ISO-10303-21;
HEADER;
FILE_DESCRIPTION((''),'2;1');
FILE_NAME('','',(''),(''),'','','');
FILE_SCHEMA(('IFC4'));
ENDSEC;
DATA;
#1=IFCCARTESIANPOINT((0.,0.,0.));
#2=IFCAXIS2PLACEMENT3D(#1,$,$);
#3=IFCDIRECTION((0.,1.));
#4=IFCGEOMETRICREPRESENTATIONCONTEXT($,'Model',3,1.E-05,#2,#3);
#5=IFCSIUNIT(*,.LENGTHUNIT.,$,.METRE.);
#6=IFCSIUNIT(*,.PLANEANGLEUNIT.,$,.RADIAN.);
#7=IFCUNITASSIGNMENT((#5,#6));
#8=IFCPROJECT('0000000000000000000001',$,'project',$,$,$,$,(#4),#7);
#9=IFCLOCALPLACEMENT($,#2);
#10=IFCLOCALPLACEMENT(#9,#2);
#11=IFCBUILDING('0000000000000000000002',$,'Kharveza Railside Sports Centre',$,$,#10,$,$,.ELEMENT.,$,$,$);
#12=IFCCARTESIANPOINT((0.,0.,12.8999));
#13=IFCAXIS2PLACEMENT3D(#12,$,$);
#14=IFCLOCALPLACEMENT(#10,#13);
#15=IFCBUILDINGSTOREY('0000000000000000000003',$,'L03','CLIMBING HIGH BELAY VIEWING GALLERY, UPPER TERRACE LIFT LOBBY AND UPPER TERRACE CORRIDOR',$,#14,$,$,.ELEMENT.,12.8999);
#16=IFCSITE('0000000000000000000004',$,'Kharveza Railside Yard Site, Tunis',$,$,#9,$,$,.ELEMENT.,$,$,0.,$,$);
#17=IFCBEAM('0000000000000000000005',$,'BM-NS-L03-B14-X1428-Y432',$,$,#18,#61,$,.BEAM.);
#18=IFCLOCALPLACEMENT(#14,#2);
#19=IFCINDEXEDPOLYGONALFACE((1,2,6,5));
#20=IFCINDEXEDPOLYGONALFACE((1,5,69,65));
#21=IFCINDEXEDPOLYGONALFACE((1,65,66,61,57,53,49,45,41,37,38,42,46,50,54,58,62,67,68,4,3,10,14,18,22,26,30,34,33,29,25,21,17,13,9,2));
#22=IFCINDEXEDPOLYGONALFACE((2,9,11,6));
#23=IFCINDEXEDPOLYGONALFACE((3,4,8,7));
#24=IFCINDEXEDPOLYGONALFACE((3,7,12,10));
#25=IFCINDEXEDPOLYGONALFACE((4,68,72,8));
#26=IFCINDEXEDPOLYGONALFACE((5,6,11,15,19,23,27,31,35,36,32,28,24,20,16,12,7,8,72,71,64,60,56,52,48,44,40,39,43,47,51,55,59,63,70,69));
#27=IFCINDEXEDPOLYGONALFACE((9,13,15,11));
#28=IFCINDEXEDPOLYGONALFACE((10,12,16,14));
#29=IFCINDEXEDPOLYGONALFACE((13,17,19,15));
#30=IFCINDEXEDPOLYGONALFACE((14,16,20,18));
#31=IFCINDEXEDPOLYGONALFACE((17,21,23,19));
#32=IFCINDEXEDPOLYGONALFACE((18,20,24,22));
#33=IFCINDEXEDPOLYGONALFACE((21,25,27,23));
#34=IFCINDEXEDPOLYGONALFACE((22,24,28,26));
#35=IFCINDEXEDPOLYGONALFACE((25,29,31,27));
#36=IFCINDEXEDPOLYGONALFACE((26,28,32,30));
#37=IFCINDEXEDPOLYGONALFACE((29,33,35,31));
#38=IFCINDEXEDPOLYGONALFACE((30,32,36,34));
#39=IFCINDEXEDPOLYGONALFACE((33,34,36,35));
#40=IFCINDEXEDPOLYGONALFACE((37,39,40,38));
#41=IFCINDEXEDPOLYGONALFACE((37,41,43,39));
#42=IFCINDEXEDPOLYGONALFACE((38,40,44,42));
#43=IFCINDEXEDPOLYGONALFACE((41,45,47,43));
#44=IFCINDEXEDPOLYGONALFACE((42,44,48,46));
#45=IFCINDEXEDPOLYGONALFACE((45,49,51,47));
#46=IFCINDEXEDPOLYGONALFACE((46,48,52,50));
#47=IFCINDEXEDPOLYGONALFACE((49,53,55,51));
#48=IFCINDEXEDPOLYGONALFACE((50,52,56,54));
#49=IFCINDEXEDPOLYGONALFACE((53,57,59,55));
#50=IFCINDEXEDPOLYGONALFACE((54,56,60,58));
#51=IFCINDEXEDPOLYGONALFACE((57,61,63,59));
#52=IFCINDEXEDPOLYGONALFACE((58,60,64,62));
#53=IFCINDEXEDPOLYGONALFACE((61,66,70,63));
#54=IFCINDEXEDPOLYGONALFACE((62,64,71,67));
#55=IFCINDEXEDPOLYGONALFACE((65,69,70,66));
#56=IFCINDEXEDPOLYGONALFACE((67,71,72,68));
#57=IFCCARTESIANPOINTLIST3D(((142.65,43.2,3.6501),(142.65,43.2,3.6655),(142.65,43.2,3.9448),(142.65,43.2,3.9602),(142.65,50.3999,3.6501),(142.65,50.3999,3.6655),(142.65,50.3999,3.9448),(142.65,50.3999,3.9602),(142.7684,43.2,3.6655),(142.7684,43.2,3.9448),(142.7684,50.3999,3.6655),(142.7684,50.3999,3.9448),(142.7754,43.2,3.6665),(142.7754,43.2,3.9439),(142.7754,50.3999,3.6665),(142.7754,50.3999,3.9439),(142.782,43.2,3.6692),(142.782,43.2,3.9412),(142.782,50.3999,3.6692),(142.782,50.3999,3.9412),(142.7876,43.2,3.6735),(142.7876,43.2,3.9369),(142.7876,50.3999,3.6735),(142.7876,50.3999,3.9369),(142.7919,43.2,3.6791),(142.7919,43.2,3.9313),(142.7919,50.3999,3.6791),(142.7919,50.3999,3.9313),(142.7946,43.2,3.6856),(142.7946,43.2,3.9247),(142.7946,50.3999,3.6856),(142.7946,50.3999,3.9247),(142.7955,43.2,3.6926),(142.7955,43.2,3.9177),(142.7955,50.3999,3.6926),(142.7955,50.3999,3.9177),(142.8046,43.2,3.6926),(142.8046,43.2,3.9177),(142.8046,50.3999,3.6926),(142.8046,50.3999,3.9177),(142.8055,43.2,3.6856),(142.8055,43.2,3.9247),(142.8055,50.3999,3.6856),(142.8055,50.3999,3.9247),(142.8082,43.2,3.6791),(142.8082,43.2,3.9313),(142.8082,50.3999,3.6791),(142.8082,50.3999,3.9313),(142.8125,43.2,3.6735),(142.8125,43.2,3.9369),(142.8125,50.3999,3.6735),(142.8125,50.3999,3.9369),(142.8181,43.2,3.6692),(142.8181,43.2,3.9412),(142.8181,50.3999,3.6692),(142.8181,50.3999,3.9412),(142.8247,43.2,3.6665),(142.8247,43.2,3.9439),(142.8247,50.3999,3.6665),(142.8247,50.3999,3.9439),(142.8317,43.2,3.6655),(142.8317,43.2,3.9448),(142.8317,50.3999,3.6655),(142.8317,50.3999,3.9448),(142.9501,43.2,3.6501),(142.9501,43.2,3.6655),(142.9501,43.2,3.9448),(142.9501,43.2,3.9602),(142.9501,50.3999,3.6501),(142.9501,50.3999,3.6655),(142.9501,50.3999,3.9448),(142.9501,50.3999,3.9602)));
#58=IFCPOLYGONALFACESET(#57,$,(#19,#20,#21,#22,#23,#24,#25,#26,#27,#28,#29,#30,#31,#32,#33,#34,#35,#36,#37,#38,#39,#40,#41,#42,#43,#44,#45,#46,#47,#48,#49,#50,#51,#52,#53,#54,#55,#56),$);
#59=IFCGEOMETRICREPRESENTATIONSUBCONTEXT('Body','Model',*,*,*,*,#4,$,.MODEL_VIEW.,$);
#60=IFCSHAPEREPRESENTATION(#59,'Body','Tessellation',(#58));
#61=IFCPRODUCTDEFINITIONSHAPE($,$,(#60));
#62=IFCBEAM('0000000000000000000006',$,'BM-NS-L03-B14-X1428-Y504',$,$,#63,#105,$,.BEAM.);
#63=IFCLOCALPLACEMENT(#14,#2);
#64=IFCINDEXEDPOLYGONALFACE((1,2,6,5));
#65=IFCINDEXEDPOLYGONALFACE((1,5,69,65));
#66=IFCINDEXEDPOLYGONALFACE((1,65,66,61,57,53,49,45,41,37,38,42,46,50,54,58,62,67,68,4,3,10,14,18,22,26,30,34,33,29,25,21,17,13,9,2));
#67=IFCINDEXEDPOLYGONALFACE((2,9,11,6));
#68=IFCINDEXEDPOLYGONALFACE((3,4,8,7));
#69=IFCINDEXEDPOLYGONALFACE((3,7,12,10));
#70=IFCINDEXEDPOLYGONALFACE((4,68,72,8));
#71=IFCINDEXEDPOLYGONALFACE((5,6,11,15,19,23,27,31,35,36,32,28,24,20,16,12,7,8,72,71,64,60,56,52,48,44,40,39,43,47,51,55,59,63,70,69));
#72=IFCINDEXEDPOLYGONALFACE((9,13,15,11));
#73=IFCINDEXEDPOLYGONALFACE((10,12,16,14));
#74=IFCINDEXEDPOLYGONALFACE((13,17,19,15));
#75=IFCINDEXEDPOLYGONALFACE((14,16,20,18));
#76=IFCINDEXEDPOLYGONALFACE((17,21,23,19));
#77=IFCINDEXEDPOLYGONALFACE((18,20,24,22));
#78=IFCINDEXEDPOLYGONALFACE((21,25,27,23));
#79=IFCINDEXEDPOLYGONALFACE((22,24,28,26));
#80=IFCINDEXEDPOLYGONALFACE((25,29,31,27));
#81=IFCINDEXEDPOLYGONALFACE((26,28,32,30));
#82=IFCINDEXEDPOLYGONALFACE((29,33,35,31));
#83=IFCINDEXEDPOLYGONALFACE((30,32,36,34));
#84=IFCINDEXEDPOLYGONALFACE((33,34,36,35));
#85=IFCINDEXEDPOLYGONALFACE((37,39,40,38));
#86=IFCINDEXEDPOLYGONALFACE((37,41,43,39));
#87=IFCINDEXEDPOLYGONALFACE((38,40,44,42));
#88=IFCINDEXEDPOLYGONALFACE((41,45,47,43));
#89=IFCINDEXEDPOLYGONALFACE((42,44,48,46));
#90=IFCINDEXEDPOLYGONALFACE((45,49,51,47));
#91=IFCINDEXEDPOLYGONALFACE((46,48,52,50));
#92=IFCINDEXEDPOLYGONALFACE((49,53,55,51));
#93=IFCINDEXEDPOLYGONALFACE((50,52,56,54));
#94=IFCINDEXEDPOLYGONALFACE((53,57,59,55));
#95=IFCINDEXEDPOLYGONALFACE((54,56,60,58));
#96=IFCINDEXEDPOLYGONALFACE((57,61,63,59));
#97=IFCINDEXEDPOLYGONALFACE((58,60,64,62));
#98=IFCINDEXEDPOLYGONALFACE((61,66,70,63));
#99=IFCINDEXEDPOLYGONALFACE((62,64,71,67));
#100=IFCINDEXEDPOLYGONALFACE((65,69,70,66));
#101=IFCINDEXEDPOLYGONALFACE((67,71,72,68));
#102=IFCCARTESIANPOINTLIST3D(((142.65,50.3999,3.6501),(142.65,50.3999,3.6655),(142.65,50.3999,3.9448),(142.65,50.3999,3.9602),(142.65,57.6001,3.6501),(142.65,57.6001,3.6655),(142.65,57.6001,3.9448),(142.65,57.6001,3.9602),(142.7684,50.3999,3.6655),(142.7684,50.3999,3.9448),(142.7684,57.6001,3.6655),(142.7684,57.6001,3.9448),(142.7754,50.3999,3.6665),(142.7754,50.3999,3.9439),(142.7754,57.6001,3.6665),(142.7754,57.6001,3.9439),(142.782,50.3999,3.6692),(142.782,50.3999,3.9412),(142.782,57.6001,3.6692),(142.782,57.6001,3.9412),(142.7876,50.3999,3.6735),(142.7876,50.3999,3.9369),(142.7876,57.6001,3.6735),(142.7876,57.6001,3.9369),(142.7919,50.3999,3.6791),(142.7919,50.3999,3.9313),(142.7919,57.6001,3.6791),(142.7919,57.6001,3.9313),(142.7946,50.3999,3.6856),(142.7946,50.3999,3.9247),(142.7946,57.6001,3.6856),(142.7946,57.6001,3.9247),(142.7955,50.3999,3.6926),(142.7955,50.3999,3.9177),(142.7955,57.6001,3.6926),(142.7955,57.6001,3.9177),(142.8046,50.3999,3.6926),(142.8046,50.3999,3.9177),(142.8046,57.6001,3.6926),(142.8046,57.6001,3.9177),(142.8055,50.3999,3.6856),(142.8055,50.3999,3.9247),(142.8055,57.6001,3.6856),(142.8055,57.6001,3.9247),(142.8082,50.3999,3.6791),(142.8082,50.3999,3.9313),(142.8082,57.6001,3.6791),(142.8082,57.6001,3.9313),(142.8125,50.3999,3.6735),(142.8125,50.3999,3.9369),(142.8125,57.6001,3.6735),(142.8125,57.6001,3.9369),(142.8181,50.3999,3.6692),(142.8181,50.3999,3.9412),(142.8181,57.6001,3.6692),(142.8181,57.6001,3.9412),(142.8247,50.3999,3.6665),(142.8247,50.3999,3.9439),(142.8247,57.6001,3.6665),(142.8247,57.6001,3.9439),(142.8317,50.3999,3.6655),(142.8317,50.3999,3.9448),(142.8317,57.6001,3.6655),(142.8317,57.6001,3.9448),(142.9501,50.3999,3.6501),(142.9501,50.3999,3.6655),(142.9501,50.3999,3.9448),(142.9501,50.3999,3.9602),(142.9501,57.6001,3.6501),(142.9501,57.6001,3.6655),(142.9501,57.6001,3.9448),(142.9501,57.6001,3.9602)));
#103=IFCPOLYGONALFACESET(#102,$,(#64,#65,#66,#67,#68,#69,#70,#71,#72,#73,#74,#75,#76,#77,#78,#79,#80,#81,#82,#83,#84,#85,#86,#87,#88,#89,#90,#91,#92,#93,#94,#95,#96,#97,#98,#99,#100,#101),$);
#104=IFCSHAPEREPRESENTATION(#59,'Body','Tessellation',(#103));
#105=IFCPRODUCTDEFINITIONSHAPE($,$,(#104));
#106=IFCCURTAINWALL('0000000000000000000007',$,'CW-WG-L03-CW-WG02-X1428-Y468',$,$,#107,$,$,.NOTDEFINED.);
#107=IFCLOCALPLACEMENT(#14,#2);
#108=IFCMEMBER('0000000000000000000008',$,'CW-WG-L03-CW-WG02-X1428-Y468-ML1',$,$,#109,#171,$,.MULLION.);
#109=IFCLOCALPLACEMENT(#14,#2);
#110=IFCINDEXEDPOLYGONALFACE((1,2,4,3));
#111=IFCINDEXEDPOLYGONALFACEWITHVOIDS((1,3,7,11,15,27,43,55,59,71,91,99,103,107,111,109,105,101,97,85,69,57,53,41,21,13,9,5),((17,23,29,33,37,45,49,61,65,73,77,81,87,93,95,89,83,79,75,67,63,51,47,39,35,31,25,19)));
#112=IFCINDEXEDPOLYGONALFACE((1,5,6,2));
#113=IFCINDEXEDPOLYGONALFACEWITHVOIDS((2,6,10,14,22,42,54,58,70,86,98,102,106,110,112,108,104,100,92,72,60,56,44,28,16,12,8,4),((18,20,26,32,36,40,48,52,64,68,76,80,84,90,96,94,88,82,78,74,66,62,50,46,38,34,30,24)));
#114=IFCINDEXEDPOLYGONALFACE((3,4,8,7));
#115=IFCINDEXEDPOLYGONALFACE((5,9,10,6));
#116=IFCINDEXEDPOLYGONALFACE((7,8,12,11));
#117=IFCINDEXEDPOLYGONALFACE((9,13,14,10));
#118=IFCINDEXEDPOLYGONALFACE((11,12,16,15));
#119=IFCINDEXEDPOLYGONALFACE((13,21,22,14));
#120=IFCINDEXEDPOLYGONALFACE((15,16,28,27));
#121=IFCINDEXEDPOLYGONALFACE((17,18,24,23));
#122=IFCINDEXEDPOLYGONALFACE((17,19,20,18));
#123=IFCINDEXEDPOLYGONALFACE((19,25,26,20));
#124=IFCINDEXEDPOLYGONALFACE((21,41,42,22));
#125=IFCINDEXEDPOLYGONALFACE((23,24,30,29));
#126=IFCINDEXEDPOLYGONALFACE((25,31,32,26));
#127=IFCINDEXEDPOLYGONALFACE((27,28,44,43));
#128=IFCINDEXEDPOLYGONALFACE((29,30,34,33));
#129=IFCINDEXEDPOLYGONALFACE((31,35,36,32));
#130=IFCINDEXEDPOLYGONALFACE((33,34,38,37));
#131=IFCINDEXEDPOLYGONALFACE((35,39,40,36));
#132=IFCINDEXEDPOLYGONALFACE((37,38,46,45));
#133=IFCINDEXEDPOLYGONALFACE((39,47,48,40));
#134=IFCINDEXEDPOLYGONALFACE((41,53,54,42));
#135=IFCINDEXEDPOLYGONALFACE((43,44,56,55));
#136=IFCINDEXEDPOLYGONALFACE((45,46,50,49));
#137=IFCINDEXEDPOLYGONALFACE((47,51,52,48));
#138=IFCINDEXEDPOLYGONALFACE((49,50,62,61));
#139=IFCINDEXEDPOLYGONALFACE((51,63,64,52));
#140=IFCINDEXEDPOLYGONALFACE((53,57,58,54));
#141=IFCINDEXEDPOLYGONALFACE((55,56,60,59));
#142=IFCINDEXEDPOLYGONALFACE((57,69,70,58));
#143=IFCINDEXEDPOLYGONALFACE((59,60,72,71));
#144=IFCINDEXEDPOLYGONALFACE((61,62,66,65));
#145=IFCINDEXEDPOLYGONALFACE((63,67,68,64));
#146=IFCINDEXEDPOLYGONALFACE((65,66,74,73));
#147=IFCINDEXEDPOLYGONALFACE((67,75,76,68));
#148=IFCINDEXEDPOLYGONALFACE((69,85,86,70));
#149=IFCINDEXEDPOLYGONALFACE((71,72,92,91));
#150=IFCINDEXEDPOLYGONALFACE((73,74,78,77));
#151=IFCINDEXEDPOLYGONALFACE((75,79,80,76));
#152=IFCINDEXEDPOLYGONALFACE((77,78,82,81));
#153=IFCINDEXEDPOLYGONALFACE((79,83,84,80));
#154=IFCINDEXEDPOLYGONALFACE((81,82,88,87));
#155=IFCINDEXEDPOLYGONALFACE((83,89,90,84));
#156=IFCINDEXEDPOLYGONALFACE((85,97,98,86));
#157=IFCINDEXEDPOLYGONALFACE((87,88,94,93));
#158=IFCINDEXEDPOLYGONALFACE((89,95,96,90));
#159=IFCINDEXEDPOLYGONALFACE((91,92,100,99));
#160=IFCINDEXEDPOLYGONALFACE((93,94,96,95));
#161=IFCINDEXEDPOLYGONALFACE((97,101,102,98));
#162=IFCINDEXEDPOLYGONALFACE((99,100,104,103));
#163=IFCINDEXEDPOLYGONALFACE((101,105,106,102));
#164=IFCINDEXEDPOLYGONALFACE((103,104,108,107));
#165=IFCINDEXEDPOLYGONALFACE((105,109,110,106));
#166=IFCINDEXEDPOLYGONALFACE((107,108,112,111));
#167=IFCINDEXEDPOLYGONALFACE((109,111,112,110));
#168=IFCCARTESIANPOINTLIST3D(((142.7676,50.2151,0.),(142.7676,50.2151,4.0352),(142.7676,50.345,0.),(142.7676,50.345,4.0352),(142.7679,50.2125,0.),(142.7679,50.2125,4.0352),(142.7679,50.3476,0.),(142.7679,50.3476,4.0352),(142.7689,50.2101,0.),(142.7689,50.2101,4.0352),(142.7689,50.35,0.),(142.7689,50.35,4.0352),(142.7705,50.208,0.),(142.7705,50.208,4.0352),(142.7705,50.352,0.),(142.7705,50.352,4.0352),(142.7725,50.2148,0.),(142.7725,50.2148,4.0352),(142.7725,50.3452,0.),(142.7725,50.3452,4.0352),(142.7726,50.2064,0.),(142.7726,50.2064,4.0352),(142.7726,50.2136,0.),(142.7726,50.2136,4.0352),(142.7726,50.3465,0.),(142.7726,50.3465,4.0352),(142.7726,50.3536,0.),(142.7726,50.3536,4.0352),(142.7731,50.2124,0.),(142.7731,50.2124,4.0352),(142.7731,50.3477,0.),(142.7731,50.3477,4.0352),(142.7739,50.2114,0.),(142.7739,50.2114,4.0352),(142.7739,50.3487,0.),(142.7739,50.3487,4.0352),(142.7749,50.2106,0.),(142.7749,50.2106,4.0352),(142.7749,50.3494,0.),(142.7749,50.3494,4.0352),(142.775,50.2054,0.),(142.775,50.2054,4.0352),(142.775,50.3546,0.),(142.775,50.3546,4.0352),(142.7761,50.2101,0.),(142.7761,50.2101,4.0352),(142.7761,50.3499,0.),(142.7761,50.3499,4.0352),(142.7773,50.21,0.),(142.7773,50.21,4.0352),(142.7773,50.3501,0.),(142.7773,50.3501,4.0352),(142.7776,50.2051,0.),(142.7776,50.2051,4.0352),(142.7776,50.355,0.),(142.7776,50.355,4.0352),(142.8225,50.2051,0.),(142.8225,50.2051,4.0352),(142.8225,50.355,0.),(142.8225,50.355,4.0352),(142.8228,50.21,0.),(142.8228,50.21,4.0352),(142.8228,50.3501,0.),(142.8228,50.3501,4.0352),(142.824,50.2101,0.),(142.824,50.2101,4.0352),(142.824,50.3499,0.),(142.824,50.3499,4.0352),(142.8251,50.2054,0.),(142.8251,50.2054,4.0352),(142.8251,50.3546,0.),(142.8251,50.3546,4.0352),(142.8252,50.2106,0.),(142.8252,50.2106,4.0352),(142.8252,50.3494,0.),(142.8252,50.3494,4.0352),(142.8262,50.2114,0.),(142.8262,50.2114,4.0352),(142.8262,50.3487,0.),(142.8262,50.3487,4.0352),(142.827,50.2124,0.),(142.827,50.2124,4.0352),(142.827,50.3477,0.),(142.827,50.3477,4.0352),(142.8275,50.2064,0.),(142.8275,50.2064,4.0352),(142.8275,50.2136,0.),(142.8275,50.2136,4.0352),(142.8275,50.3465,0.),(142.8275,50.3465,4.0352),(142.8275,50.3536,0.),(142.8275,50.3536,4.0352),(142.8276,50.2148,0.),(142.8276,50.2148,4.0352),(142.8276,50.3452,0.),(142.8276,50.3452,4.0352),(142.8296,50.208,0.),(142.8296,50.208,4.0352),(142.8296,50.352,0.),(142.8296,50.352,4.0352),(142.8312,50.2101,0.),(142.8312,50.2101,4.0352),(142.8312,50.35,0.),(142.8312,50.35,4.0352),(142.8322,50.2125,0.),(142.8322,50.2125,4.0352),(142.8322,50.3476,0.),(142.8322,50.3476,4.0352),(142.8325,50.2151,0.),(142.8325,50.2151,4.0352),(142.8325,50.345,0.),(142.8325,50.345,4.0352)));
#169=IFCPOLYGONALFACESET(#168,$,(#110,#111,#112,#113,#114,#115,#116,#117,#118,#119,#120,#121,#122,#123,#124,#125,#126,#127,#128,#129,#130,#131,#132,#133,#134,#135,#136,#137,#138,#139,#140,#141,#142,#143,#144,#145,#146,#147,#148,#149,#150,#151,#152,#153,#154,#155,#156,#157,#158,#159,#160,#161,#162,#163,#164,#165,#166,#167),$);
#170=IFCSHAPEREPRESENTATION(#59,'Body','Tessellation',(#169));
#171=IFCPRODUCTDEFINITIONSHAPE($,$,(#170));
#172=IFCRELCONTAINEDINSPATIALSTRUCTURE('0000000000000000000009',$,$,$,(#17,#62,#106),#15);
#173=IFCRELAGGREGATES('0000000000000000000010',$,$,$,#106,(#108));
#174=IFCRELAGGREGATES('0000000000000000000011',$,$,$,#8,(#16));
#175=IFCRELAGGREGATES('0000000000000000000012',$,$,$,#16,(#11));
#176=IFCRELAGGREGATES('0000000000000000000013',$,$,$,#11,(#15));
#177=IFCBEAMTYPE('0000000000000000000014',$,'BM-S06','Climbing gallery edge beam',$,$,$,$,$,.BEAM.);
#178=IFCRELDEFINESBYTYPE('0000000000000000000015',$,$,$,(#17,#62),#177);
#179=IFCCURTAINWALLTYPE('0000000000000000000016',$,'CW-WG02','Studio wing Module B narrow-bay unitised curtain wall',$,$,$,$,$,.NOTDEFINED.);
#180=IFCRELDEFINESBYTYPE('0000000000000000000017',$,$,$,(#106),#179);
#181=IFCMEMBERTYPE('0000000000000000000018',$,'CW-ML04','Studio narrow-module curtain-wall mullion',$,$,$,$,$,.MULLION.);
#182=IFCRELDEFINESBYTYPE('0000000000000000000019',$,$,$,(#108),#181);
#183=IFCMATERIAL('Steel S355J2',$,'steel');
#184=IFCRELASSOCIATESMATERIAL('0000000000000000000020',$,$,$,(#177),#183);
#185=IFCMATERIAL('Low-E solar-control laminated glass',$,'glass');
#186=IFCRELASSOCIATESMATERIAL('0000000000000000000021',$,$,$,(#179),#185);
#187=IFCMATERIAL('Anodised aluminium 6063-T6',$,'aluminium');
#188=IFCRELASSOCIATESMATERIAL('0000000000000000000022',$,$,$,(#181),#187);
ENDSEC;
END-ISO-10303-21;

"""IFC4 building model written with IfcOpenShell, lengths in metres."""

from ifc_helpers import new_model, si_unit, direction, frame, origin, origin_2d, place, context, subcontext, project, spatial, hollow_rectangle, i_section, extrude, material, material_profile, profile_set, type_object, element, aggregate, save


model = new_model("IFC4")

# Units and contexts
model_context = context("Model", 3, precision=1e-05, world=origin(), true_north=direction((0.0, 1.0)))
body_context = subcontext(model_context, "Body", "Model", "MODEL_VIEW")
ifc_project = project(units=[si_unit("LENGTHUNIT", "METRE"), si_unit("PLANEANGLEUNIT", "RADIAN")], contexts=[model_context])

# Site, building, storey
site_placement = place(None, origin())
site = spatial("IfcSite", under=ifc_project, at=site_placement, Name="Kharveza Railside Yard Site, Tunis", CompositionType="ELEMENT", RefElevation=0.0)
building_placement = place(site_placement, origin())
building = spatial("IfcBuilding", under=site, at=building_placement, Name="Kharveza Railside Sports Centre", CompositionType="ELEMENT")
storey_placement = place(building_placement, frame((0.0, 0.0, 12.8999)))
storey = spatial("IfcBuildingStorey", under=building, at=storey_placement, Name="L03", Description="CLIMBING HIGH BELAY VIEWING GALLERY, UPPER TERRACE LIFT LOBBY AND UPPER TERRACE CORRIDOR", CompositionType="ELEMENT", Elevation=12.8999)

# Shared definitions
ifc_material_1 = material(Name="Steel S355J2", Category="steel")

# Beams
ifc_material_profile_1 = material_profile(ifc_material_1, i_section(OverallWidth=0.3, OverallDepth=0.3101, WebThickness=0.009, FlangeThickness=0.0154, FilletRadius=0.0271, at=origin_2d()), Name="HEA 320")
ifc_profile_set_1 = profile_set([ifc_material_profile_1], Name="Steel S355J2")
beam_type_1 = type_object("IfcBeamType", Name="BM-S06", Description="Climbing gallery edge beam", PredefinedType="BEAM", material=ifc_profile_set_1)
beam_1_placement = place(storey_placement, frame((142.8, 43.2, 3.8052), z_axis=(0.0, 1.0, 0.0), x_axis=(-1.0, 0.0, 0.0)))
element("IfcBeam", 1, at=beam_1_placement, inside=storey, type_object=beam_type_1, Name="BM-NS-L03-B14-X1428-Y432", PredefinedType="BEAM", context=body_context, shape_type="SweptSolid", body=[
    extrude(i_section(OverallWidth=0.3, OverallDepth=0.3101, WebThickness=0.009, FlangeThickness=0.0154, FilletRadius=0.0271, at=origin_2d()), origin(), (0.0, 0.0, 1.0), 7.2),
])
beam_2_placement = place(storey_placement, frame((142.8, 50.3999, 3.8052), z_axis=(0.0, 1.0, 0.0), x_axis=(-1.0, 0.0, 0.0)))
element("IfcBeam", 2, at=beam_2_placement, inside=storey, type_object=beam_type_1, Name="BM-NS-L03-B14-X1428-Y504", PredefinedType="BEAM", context=body_context, shape_type="SweptSolid", body=[
    extrude(i_section(OverallWidth=0.3, OverallDepth=0.3101, WebThickness=0.009, FlangeThickness=0.0154, FilletRadius=0.0271, at=origin_2d()), origin(), (0.0, 0.0, 1.0), 7.2002),
])

# Curtain wall, member
ifc_material_2 = material(Name="Low-E solar-control laminated glass", Category="glass")
curtain_wall_type = type_object("IfcCurtainWallType", Name="CW-WG02", Description="Studio wing Module B narrow-bay unitised curtain wall", PredefinedType="NOTDEFINED", material=ifc_material_2)
curtain_wall_placement = place(storey_placement, origin())
curtain_wall = element("IfcCurtainWall", 3, at=curtain_wall_placement, inside=storey, type_object=curtain_wall_type, Name="CW-WG-L03-CW-WG02-X1428-Y468", PredefinedType="NOTDEFINED")
ifc_material_3 = material(Name="Anodised aluminium 6063-T6", Category="aluminium")
ifc_material_profile_2 = material_profile(ifc_material_3, hollow_rectangle(XDim=0.0649, YDim=0.1499, WallThickness=0.0049, InnerFilletRadius=0.0049, OuterFilletRadius=0.01, at=origin_2d()), Name="RHS 65x150x5.0")
ifc_profile_set_2 = profile_set([ifc_material_profile_2], Name="Anodised aluminium 6063-T6")
member_type_1 = type_object("IfcMemberType", Name="CW-ML04", Description="Studio narrow-module curtain-wall mullion", PredefinedType="MULLION", material=ifc_profile_set_2)
member_1_placement = place(storey_placement, frame((142.8, 50.28, 0.0), z_axis=(0.0, 0.0, 1.0), x_axis=(1.0, 0.0, 0.0)))
member_1 = element("IfcMember", 4, at=member_1_placement, type_object=member_type_1, Name="CW-WG-L03-CW-WG02-X1428-Y468-ML1", PredefinedType="MULLION", context=body_context, shape_type="SweptSolid", body=[
    extrude(hollow_rectangle(XDim=0.0649, YDim=0.1499, WallThickness=0.0049, InnerFilletRadius=0.0049, OuterFilletRadius=0.01, at=origin_2d()), origin(), (0.0, 0.0, 1.0), 4.0352),
])
aggregate(curtain_wall, [member_1])

save(model, "model.ifc")
